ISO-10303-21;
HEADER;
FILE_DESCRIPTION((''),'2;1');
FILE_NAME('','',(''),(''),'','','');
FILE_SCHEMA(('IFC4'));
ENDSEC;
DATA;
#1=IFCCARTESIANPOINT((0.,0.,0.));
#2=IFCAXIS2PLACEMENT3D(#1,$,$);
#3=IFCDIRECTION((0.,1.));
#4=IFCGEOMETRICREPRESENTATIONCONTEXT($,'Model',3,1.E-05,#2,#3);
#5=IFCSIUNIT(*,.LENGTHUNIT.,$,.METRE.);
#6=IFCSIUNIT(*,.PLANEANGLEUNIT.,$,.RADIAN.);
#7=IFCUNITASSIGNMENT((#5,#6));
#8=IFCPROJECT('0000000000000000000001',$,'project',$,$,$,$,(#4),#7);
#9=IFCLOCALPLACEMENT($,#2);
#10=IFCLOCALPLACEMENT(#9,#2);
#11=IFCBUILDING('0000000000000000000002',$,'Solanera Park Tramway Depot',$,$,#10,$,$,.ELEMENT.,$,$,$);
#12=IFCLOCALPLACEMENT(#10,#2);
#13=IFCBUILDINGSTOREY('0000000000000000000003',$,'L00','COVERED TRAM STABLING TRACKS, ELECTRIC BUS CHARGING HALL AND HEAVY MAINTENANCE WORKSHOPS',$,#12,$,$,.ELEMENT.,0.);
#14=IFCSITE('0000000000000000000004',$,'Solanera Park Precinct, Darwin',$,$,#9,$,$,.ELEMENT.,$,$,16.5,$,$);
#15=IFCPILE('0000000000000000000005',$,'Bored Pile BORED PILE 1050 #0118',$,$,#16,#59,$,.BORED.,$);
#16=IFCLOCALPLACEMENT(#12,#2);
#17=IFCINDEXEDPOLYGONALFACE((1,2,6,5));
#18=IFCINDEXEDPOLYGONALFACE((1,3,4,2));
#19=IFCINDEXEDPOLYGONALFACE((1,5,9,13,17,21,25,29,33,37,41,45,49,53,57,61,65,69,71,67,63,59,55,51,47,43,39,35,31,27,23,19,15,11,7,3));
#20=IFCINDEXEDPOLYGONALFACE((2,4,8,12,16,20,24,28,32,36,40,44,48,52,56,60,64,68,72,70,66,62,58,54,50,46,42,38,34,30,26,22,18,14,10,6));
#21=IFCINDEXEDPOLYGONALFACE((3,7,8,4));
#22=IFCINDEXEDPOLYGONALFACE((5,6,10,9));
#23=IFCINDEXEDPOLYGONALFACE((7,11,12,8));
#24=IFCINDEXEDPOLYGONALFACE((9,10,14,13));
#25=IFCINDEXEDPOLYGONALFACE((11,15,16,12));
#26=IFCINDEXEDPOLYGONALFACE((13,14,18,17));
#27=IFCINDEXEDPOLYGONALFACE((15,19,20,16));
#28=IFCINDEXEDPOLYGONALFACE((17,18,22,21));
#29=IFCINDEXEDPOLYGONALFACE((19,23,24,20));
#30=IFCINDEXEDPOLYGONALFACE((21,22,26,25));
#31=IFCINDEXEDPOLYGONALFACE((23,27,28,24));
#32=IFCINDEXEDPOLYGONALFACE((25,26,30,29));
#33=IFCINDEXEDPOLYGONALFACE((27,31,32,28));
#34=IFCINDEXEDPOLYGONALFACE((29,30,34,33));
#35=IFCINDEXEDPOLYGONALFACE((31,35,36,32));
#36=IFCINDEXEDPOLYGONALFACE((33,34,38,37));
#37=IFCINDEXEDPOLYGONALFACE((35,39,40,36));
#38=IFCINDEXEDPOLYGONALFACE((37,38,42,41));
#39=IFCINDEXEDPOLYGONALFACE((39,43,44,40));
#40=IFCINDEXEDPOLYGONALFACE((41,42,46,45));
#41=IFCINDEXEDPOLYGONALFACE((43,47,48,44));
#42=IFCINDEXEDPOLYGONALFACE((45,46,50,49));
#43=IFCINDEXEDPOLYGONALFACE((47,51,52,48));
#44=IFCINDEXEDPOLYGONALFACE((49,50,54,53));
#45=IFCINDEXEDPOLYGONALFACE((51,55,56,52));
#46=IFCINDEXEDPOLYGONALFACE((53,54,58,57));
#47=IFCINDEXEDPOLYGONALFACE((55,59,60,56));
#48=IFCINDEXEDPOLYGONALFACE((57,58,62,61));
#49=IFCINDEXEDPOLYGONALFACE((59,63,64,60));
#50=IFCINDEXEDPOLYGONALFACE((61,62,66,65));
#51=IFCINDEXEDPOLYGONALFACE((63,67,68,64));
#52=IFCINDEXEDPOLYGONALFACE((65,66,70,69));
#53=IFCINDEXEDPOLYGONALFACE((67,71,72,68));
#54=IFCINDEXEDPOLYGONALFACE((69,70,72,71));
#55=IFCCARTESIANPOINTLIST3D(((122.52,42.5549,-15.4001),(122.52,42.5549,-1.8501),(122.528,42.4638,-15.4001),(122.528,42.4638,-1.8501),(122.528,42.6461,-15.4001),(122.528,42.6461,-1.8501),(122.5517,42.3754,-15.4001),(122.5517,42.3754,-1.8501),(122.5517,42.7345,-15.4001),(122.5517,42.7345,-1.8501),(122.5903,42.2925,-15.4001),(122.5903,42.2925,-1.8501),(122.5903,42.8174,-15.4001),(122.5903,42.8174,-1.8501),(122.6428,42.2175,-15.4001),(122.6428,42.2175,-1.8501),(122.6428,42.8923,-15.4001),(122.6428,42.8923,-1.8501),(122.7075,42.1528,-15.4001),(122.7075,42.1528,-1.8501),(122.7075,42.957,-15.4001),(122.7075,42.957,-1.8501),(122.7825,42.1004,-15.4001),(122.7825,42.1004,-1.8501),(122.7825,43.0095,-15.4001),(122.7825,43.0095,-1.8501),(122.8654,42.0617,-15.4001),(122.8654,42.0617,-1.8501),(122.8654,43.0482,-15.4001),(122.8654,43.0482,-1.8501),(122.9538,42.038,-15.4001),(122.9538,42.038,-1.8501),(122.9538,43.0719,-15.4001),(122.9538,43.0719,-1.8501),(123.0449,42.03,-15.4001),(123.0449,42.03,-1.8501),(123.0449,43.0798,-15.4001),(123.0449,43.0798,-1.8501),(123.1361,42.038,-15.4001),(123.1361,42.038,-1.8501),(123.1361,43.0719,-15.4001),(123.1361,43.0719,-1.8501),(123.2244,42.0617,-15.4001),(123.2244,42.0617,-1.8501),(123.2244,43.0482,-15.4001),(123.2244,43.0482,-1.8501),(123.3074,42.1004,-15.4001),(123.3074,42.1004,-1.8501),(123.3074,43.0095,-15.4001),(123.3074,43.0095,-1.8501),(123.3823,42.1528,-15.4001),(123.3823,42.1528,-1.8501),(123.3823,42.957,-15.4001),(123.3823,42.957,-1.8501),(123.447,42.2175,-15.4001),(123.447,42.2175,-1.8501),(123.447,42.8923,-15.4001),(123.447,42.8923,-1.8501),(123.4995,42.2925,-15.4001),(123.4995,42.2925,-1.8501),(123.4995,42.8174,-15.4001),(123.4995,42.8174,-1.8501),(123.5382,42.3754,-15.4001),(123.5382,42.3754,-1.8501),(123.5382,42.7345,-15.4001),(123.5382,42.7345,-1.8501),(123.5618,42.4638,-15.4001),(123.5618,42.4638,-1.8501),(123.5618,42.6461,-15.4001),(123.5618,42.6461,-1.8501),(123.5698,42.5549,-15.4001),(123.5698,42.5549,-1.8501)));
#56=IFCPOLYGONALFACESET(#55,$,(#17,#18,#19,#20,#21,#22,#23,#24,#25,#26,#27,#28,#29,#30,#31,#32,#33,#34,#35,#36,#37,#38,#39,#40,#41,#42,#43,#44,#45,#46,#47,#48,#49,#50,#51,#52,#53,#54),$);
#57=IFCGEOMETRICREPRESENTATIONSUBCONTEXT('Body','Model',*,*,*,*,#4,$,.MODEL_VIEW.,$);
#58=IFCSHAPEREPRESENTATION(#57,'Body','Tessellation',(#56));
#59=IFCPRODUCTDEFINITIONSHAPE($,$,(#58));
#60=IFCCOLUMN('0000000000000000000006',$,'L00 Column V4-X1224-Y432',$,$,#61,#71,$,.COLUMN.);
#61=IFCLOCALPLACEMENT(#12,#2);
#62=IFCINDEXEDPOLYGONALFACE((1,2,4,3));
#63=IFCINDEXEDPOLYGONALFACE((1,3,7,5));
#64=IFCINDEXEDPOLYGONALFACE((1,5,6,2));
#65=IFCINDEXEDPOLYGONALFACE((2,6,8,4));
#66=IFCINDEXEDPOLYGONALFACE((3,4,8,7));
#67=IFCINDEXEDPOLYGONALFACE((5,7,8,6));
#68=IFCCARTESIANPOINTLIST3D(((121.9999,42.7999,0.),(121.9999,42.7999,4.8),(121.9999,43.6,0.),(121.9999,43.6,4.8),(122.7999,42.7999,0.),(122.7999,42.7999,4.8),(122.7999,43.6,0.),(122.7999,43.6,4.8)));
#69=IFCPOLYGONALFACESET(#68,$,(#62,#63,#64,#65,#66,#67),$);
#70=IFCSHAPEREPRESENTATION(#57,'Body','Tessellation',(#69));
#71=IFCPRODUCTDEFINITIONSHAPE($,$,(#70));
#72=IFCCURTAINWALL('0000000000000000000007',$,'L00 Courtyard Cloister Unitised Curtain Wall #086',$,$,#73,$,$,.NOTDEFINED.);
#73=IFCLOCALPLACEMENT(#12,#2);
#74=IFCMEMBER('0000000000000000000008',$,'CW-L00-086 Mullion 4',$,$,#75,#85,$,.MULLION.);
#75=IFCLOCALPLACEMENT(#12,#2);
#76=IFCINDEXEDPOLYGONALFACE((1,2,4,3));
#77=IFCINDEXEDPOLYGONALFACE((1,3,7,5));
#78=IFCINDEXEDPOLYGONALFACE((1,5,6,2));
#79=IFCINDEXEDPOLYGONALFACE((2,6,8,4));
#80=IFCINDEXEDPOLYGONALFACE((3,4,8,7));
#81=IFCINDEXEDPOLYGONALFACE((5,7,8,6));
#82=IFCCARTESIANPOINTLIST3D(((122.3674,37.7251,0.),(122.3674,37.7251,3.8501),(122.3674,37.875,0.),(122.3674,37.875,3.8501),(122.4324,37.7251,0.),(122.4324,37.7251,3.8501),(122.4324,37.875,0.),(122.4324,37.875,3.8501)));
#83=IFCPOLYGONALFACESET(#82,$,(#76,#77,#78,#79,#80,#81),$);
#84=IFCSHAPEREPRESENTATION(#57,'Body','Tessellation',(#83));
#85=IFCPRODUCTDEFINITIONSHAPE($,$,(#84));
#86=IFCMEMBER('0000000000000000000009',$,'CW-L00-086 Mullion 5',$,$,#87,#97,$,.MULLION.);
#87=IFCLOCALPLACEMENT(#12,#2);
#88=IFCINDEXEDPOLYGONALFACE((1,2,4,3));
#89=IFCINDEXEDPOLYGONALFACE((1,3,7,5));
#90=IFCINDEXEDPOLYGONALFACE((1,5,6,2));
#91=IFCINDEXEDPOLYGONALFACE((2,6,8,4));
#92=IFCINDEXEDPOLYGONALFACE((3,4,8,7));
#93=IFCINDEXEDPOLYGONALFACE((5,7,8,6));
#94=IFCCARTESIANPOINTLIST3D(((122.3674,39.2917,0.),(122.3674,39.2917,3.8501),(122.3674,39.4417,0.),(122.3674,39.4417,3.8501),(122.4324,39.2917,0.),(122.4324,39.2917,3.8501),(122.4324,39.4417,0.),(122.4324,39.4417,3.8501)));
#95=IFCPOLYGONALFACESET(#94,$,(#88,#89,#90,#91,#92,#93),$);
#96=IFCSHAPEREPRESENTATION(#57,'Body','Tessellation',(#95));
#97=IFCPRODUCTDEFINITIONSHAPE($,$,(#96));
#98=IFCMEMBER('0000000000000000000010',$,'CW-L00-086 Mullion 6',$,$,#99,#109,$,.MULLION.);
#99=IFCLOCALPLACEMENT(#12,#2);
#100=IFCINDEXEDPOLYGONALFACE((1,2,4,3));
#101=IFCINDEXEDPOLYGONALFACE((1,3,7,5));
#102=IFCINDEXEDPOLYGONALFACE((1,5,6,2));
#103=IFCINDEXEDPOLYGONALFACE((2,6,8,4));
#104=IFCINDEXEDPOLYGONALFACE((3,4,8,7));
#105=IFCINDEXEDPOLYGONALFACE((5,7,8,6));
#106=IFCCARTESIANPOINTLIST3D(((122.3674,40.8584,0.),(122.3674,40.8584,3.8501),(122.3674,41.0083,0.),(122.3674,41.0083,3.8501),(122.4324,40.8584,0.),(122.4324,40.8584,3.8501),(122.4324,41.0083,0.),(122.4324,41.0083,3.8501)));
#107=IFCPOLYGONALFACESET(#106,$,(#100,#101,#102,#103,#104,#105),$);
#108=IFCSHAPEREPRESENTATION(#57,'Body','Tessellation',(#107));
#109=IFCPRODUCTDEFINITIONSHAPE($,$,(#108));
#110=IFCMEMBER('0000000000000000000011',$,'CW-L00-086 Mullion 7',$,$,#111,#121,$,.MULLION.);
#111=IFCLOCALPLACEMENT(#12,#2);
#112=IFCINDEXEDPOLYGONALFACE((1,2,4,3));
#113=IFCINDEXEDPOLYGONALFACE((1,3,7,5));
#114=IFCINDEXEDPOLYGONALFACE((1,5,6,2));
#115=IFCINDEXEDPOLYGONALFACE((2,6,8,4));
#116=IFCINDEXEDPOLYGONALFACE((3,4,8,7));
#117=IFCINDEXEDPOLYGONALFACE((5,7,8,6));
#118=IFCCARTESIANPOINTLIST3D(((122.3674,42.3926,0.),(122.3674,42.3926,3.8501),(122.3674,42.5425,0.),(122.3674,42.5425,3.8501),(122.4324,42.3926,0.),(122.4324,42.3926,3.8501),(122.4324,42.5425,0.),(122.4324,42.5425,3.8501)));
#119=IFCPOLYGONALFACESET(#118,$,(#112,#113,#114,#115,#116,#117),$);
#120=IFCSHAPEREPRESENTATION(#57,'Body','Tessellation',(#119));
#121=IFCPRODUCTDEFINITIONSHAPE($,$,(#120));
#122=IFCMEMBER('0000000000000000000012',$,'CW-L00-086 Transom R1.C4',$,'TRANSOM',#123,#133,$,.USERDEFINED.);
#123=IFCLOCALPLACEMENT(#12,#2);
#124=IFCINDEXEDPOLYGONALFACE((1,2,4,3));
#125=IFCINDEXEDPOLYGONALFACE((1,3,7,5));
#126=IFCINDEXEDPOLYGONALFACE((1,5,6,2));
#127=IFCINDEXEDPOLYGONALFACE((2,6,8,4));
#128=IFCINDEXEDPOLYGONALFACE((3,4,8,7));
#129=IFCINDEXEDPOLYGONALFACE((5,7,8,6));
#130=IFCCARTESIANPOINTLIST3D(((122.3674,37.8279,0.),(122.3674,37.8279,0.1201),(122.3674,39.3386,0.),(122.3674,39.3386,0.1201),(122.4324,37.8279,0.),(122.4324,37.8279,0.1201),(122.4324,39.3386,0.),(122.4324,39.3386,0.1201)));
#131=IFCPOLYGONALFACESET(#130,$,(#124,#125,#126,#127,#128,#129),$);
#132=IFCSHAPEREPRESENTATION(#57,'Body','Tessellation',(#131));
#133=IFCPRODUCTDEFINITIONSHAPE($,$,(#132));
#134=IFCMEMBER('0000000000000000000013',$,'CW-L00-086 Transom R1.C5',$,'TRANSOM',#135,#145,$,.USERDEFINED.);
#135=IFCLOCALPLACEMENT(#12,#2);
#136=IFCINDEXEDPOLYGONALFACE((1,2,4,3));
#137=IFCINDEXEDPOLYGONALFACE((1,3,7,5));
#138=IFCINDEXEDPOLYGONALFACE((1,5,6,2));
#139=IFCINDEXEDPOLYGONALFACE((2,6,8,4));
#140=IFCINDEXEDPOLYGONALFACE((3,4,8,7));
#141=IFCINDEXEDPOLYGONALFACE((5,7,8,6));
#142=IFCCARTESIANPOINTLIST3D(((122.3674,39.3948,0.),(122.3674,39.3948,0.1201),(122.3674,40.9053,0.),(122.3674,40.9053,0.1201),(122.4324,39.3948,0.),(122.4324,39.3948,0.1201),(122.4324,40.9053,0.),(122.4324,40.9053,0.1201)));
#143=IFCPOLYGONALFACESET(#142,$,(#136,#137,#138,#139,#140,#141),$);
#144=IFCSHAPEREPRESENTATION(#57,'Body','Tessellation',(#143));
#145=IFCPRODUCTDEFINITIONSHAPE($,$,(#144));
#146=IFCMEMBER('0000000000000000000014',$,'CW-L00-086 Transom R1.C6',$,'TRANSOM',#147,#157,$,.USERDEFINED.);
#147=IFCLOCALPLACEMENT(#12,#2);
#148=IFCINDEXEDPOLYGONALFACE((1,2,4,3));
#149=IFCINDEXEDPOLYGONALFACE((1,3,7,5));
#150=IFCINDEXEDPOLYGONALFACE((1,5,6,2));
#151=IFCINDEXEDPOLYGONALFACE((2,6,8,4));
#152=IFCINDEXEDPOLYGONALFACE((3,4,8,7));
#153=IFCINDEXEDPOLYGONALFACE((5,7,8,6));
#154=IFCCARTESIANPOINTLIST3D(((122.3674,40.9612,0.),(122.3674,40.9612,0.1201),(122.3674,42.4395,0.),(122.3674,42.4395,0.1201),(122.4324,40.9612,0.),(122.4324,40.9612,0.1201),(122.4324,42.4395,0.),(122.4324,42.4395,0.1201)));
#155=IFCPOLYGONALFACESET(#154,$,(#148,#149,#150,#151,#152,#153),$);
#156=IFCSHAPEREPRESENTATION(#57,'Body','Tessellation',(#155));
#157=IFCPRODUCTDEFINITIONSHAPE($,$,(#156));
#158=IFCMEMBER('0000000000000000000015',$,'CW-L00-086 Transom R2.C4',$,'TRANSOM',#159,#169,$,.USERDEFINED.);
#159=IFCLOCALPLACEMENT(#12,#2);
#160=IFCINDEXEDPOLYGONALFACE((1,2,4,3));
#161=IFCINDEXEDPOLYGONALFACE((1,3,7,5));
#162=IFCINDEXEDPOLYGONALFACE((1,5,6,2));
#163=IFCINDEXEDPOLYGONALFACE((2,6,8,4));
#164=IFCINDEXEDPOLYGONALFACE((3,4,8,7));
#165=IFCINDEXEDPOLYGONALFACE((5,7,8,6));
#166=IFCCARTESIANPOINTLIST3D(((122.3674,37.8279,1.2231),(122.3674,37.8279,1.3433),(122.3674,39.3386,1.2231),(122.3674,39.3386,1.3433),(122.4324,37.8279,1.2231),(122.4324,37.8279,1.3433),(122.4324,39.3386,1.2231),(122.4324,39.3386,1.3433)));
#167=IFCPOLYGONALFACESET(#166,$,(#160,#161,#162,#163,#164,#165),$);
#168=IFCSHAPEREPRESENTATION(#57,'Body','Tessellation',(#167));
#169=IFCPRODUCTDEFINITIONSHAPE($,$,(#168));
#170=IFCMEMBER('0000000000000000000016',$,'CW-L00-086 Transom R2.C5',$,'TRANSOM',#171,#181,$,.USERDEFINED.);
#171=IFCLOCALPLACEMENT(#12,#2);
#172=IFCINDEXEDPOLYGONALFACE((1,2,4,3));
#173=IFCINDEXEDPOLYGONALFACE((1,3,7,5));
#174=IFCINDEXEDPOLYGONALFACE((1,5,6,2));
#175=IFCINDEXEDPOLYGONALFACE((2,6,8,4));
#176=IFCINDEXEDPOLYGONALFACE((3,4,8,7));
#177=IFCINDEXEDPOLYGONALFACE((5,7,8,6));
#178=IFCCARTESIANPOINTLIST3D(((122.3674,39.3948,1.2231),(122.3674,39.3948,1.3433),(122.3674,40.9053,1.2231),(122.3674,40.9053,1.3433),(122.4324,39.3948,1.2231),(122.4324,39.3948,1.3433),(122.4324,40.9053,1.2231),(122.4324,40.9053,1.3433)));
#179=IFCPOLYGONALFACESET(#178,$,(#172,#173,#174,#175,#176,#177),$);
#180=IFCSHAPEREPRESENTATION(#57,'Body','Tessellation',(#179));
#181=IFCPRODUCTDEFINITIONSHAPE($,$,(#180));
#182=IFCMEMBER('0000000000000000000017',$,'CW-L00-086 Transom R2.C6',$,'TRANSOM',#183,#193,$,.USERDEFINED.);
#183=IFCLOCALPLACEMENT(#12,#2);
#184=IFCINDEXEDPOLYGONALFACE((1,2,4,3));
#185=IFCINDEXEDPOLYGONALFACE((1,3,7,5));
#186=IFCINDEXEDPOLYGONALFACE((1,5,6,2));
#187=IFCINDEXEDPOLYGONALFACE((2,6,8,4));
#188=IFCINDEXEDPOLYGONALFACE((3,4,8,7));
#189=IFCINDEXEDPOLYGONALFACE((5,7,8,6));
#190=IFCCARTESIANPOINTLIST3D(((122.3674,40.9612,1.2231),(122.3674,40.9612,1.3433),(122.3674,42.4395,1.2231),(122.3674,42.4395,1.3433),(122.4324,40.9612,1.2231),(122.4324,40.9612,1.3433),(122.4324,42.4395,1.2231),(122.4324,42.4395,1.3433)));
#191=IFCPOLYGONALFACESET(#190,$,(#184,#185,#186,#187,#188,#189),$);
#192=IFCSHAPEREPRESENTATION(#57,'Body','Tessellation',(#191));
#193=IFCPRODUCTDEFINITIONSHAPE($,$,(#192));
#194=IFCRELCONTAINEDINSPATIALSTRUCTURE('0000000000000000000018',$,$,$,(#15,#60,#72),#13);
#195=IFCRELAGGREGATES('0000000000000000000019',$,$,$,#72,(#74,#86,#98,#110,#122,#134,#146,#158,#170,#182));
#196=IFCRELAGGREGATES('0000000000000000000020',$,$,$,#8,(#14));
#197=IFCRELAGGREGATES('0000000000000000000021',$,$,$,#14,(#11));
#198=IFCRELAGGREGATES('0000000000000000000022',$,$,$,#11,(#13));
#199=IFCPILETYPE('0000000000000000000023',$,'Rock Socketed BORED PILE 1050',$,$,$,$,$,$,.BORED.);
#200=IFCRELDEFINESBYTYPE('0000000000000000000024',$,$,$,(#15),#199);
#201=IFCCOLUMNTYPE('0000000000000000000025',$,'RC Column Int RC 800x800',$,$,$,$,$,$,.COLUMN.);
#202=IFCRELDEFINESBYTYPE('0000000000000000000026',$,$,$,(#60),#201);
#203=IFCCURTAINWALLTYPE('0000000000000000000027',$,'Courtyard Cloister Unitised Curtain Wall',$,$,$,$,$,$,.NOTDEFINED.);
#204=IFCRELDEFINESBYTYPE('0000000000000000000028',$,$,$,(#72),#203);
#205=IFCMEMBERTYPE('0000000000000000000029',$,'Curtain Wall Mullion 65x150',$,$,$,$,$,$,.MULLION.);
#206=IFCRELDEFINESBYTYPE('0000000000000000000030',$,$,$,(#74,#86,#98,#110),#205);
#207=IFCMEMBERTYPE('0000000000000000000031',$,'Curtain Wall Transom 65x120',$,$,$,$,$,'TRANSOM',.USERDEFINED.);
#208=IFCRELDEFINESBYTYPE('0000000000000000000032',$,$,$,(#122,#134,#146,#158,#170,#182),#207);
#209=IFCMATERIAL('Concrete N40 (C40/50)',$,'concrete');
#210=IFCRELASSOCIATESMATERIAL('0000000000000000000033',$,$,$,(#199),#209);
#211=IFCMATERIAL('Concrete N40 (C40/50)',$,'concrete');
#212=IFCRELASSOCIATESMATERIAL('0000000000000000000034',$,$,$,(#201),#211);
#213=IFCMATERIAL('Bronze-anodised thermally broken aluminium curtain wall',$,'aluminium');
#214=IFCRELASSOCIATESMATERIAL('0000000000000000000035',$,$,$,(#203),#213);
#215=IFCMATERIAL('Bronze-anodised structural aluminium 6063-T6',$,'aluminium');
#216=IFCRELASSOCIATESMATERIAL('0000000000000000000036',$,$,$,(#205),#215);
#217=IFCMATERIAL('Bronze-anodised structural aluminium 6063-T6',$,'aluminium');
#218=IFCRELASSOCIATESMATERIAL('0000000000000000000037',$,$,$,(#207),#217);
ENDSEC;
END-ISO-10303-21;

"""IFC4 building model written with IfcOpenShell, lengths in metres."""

from ifc_helpers import new_model, si_unit, direction, frame, origin, origin_2d, place, context, subcontext, project, spatial, rectangle, circle, extrude, material, material_profile, profile_set, type_object, element, aggregate, save


model = new_model("IFC4")

# Units and contexts
model_context = context("Model", 3, precision=1e-05, world=origin(), true_north=direction((0.0, 1.0)))
body_context = subcontext(model_context, "Body", "Model", "MODEL_VIEW")
ifc_project = project(units=[si_unit("LENGTHUNIT", "METRE"), si_unit("PLANEANGLEUNIT", "RADIAN")], contexts=[model_context])

# Site, building, storey
site_placement = place(None, origin())
site = spatial("IfcSite", under=ifc_project, at=site_placement, Name="Solanera Park Precinct, Darwin", CompositionType="ELEMENT", RefElevation=16.5)
building_placement = place(site_placement, origin())
building = spatial("IfcBuilding", under=site, at=building_placement, Name="Solanera Park Tramway Depot", CompositionType="ELEMENT")
storey_placement = place(building_placement, origin())
storey = spatial("IfcBuildingStorey", under=building, at=storey_placement, Name="L00", Description="COVERED TRAM STABLING TRACKS, ELECTRIC BUS CHARGING HALL AND HEAVY MAINTENANCE WORKSHOPS", CompositionType="ELEMENT", Elevation=0.0)

# Pile
ifc_material_1 = material(Name="Concrete N40 (C40/50)", Category="concrete")
ifc_material_profile_1 = material_profile(ifc_material_1, circle(Radius=0.5249, at=origin_2d()), Name="BORED PILE 1050")
ifc_profile_set_1 = profile_set([ifc_material_profile_1], Name="Concrete N40 (C40/50)")
pile_type = type_object("IfcPileType", Name="Rock Socketed BORED PILE 1050", PredefinedType="BORED", material=ifc_profile_set_1)
pile_placement = place(storey_placement, frame((123.0449, 42.5549, -1.8501), z_axis=(0.0, 0.0, -1.0), x_axis=(1.0, 0.0, 0.0)))
element("IfcPile", 1, at=pile_placement, inside=storey, type_object=pile_type, Name="Bored Pile BORED PILE 1050 #0118", PredefinedType="BORED", context=body_context, shape_type="SweptSolid", body=[
    extrude(circle(Radius=0.5249, at=origin_2d()), origin(), (0.0, 0.0, 1.0), 13.55),
])

# Column
ifc_material_2 = material(Name="Concrete N40 (C40/50)", Category="concrete")
ifc_material_profile_2 = material_profile(ifc_material_2, rectangle(XDim=0.8, YDim=0.8, at=origin_2d()), Name="RC 800x800")
ifc_profile_set_2 = profile_set([ifc_material_profile_2], Name="Concrete N40 (C40/50)")
column_type = type_object("IfcColumnType", Name="RC Column Int RC 800x800", PredefinedType="COLUMN", material=ifc_profile_set_2)
column_placement = place(storey_placement, frame((122.3999, 43.2, 0.0), z_axis=(0.0, 0.0, 1.0), x_axis=(1.0, 0.0, 0.0)))
element("IfcColumn", 2, at=column_placement, inside=storey, type_object=column_type, Name="L00 Column V4-X1224-Y432", PredefinedType="COLUMN", context=body_context, shape_type="SweptSolid", body=[
    extrude(rectangle(XDim=0.8, YDim=0.8, at=origin_2d()), origin(), (0.0, 0.0, 1.0), 4.8),
])

# Curtain wall, members
ifc_material_3 = material(Name="Bronze-anodised thermally broken aluminium curtain wall", Category="aluminium")
curtain_wall_type = type_object("IfcCurtainWallType", Name="Courtyard Cloister Unitised Curtain Wall", PredefinedType="NOTDEFINED", material=ifc_material_3)
curtain_wall_placement = place(storey_placement, origin())
curtain_wall = element("IfcCurtainWall", 3, at=curtain_wall_placement, inside=storey, type_object=curtain_wall_type, Name="L00 Courtyard Cloister Unitised Curtain Wall #086", PredefinedType="NOTDEFINED")
ifc_material_4 = material(Name="Bronze-anodised structural aluminium 6063-T6", Category="aluminium")
ifc_material_profile_3 = material_profile(ifc_material_4, rectangle(XDim=0.0649, YDim=0.1499, at=origin_2d()), Name="Curtain Wall Mullion 65x150")
ifc_profile_set_3 = profile_set([ifc_material_profile_3], Name="Bronze-anodised structural aluminium 6063-T6")
member_type_1 = type_object("IfcMemberType", Name="Curtain Wall Mullion 65x150", PredefinedType="MULLION", material=ifc_profile_set_3)
member_1_placement = place(storey_placement, frame((122.3999, 37.8, 0.0), z_axis=(0.0, 0.0, 1.0), x_axis=(1.0, 0.0, 0.0)))
member_1 = element("IfcMember", 4, at=member_1_placement, type_object=member_type_1, Name="CW-L00-086 Mullion 4", PredefinedType="MULLION", context=body_context, shape_type="SweptSolid", body=[
    extrude(rectangle(XDim=0.0649, YDim=0.1499, at=origin_2d()), origin(), (0.0, 0.0, 1.0), 3.8501),
])
member_2_placement = place(storey_placement, frame((122.3999, 39.3667, 0.0), z_axis=(0.0, 0.0, 1.0), x_axis=(1.0, 0.0, 0.0)))
member_2 = element("IfcMember", 5, at=member_2_placement, type_object=member_type_1, Name="CW-L00-086 Mullion 5", PredefinedType="MULLION", context=body_context, shape_type="SweptSolid", body=[
    extrude(rectangle(XDim=0.0649, YDim=0.1499, at=origin_2d()), origin(), (0.0, 0.0, 1.0), 3.8501),
])
member_3_placement = place(storey_placement, frame((122.3999, 40.9333, 0.0), z_axis=(0.0, 0.0, 1.0), x_axis=(1.0, 0.0, 0.0)))
member_3 = element("IfcMember", 6, at=member_3_placement, type_object=member_type_1, Name="CW-L00-086 Mullion 6", PredefinedType="MULLION", context=body_context, shape_type="SweptSolid", body=[
    extrude(rectangle(XDim=0.0649, YDim=0.1499, at=origin_2d()), origin(), (0.0, 0.0, 1.0), 3.8501),
])
member_4_placement = place(storey_placement, frame((122.3999, 42.4675, 0.0), z_axis=(0.0, 0.0, 1.0), x_axis=(1.0, 0.0, 0.0)))
member_4 = element("IfcMember", 7, at=member_4_placement, type_object=member_type_1, Name="CW-L00-086 Mullion 7", PredefinedType="MULLION", context=body_context, shape_type="SweptSolid", body=[
    extrude(rectangle(XDim=0.0649, YDim=0.1499, at=origin_2d()), origin(), (0.0, 0.0, 1.0), 3.8501),
])
ifc_material_5 = material(Name="Bronze-anodised structural aluminium 6063-T6", Category="aluminium")
ifc_material_profile_4 = material_profile(ifc_material_5, rectangle(XDim=0.0649, YDim=0.1201, at=origin_2d()), Name="Curtain Wall Transom 65x120")
ifc_profile_set_4 = profile_set([ifc_material_profile_4], Name="Bronze-anodised structural aluminium 6063-T6")
member_type_2 = type_object("IfcMemberType", Name="Curtain Wall Transom 65x120", ElementType="TRANSOM", PredefinedType="USERDEFINED", material=ifc_profile_set_4)
member_5_placement = place(storey_placement, frame((122.3999, 37.8279, 0.0601), z_axis=(0.0, 1.0, 0.0), x_axis=(-1.0, 0.0, 0.0)))
member_5 = element("IfcMember", 8, at=member_5_placement, type_object=member_type_2, Name="CW-L00-086 Transom R1.C4", ObjectType="TRANSOM", PredefinedType="USERDEFINED", context=body_context, shape_type="SweptSolid", body=[
    extrude(rectangle(XDim=0.0649, YDim=0.1201, at=origin_2d()), origin(), (0.0, 0.0, 1.0), 1.5107),
])
member_6_placement = place(storey_placement, frame((122.3999, 39.3948, 0.0601), z_axis=(0.0, 1.0, 0.0), x_axis=(-1.0, 0.0, 0.0)))
member_6 = element("IfcMember", 9, at=member_6_placement, type_object=member_type_2, Name="CW-L00-086 Transom R1.C5", ObjectType="TRANSOM", PredefinedType="USERDEFINED", context=body_context, shape_type="SweptSolid", body=[
    extrude(rectangle(XDim=0.0649, YDim=0.1201, at=origin_2d()), origin(), (0.0, 0.0, 1.0), 1.5105),
])
member_7_placement = place(storey_placement, frame((122.3999, 40.9612, 0.0601), z_axis=(0.0, 1.0, 0.0), x_axis=(-1.0, 0.0, 0.0)))
member_7 = element("IfcMember", 10, at=member_7_placement, type_object=member_type_2, Name="CW-L00-086 Transom R1.C6", ObjectType="TRANSOM", PredefinedType="USERDEFINED", context=body_context, shape_type="SweptSolid", body=[
    extrude(rectangle(XDim=0.0649, YDim=0.1201, at=origin_2d()), origin(), (0.0, 0.0, 1.0), 1.4783),
])
member_8_placement = place(storey_placement, frame((122.3999, 37.8279, 1.2832), z_axis=(0.0, 1.0, 0.0), x_axis=(-1.0, 0.0, 0.0)))
member_8 = element("IfcMember", 11, at=member_8_placement, type_object=member_type_2, Name="CW-L00-086 Transom R2.C4", ObjectType="TRANSOM", PredefinedType="USERDEFINED", context=body_context, shape_type="SweptSolid", body=[
    extrude(rectangle(XDim=0.0649, YDim=0.1201, at=origin_2d()), origin(), (0.0, 0.0, 1.0), 1.5107),
])
member_9_placement = place(storey_placement, frame((122.3999, 39.3948, 1.2832), z_axis=(0.0, 1.0, 0.0), x_axis=(-1.0, 0.0, 0.0)))
member_9 = element("IfcMember", 12, at=member_9_placement, type_object=member_type_2, Name="CW-L00-086 Transom R2.C5", ObjectType="TRANSOM", PredefinedType="USERDEFINED", context=body_context, shape_type="SweptSolid", body=[
    extrude(rectangle(XDim=0.0649, YDim=0.1201, at=origin_2d()), origin(), (0.0, 0.0, 1.0), 1.5105),
])
member_10_placement = place(storey_placement, frame((122.3999, 40.9612, 1.2832), z_axis=(0.0, 1.0, 0.0), x_axis=(-1.0, 0.0, 0.0)))
member_10 = element("IfcMember", 13, at=member_10_placement, type_object=member_type_2, Name="CW-L00-086 Transom R2.C6", ObjectType="TRANSOM", PredefinedType="USERDEFINED", context=body_context, shape_type="SweptSolid", body=[
    extrude(rectangle(XDim=0.0649, YDim=0.1201, at=origin_2d()), origin(), (0.0, 0.0, 1.0), 1.4783),
])
aggregate(curtain_wall, [member_1, member_2, member_3, member_4, member_5, member_6, member_7, member_8, member_9, member_10])

save(model, "model.ifc")
